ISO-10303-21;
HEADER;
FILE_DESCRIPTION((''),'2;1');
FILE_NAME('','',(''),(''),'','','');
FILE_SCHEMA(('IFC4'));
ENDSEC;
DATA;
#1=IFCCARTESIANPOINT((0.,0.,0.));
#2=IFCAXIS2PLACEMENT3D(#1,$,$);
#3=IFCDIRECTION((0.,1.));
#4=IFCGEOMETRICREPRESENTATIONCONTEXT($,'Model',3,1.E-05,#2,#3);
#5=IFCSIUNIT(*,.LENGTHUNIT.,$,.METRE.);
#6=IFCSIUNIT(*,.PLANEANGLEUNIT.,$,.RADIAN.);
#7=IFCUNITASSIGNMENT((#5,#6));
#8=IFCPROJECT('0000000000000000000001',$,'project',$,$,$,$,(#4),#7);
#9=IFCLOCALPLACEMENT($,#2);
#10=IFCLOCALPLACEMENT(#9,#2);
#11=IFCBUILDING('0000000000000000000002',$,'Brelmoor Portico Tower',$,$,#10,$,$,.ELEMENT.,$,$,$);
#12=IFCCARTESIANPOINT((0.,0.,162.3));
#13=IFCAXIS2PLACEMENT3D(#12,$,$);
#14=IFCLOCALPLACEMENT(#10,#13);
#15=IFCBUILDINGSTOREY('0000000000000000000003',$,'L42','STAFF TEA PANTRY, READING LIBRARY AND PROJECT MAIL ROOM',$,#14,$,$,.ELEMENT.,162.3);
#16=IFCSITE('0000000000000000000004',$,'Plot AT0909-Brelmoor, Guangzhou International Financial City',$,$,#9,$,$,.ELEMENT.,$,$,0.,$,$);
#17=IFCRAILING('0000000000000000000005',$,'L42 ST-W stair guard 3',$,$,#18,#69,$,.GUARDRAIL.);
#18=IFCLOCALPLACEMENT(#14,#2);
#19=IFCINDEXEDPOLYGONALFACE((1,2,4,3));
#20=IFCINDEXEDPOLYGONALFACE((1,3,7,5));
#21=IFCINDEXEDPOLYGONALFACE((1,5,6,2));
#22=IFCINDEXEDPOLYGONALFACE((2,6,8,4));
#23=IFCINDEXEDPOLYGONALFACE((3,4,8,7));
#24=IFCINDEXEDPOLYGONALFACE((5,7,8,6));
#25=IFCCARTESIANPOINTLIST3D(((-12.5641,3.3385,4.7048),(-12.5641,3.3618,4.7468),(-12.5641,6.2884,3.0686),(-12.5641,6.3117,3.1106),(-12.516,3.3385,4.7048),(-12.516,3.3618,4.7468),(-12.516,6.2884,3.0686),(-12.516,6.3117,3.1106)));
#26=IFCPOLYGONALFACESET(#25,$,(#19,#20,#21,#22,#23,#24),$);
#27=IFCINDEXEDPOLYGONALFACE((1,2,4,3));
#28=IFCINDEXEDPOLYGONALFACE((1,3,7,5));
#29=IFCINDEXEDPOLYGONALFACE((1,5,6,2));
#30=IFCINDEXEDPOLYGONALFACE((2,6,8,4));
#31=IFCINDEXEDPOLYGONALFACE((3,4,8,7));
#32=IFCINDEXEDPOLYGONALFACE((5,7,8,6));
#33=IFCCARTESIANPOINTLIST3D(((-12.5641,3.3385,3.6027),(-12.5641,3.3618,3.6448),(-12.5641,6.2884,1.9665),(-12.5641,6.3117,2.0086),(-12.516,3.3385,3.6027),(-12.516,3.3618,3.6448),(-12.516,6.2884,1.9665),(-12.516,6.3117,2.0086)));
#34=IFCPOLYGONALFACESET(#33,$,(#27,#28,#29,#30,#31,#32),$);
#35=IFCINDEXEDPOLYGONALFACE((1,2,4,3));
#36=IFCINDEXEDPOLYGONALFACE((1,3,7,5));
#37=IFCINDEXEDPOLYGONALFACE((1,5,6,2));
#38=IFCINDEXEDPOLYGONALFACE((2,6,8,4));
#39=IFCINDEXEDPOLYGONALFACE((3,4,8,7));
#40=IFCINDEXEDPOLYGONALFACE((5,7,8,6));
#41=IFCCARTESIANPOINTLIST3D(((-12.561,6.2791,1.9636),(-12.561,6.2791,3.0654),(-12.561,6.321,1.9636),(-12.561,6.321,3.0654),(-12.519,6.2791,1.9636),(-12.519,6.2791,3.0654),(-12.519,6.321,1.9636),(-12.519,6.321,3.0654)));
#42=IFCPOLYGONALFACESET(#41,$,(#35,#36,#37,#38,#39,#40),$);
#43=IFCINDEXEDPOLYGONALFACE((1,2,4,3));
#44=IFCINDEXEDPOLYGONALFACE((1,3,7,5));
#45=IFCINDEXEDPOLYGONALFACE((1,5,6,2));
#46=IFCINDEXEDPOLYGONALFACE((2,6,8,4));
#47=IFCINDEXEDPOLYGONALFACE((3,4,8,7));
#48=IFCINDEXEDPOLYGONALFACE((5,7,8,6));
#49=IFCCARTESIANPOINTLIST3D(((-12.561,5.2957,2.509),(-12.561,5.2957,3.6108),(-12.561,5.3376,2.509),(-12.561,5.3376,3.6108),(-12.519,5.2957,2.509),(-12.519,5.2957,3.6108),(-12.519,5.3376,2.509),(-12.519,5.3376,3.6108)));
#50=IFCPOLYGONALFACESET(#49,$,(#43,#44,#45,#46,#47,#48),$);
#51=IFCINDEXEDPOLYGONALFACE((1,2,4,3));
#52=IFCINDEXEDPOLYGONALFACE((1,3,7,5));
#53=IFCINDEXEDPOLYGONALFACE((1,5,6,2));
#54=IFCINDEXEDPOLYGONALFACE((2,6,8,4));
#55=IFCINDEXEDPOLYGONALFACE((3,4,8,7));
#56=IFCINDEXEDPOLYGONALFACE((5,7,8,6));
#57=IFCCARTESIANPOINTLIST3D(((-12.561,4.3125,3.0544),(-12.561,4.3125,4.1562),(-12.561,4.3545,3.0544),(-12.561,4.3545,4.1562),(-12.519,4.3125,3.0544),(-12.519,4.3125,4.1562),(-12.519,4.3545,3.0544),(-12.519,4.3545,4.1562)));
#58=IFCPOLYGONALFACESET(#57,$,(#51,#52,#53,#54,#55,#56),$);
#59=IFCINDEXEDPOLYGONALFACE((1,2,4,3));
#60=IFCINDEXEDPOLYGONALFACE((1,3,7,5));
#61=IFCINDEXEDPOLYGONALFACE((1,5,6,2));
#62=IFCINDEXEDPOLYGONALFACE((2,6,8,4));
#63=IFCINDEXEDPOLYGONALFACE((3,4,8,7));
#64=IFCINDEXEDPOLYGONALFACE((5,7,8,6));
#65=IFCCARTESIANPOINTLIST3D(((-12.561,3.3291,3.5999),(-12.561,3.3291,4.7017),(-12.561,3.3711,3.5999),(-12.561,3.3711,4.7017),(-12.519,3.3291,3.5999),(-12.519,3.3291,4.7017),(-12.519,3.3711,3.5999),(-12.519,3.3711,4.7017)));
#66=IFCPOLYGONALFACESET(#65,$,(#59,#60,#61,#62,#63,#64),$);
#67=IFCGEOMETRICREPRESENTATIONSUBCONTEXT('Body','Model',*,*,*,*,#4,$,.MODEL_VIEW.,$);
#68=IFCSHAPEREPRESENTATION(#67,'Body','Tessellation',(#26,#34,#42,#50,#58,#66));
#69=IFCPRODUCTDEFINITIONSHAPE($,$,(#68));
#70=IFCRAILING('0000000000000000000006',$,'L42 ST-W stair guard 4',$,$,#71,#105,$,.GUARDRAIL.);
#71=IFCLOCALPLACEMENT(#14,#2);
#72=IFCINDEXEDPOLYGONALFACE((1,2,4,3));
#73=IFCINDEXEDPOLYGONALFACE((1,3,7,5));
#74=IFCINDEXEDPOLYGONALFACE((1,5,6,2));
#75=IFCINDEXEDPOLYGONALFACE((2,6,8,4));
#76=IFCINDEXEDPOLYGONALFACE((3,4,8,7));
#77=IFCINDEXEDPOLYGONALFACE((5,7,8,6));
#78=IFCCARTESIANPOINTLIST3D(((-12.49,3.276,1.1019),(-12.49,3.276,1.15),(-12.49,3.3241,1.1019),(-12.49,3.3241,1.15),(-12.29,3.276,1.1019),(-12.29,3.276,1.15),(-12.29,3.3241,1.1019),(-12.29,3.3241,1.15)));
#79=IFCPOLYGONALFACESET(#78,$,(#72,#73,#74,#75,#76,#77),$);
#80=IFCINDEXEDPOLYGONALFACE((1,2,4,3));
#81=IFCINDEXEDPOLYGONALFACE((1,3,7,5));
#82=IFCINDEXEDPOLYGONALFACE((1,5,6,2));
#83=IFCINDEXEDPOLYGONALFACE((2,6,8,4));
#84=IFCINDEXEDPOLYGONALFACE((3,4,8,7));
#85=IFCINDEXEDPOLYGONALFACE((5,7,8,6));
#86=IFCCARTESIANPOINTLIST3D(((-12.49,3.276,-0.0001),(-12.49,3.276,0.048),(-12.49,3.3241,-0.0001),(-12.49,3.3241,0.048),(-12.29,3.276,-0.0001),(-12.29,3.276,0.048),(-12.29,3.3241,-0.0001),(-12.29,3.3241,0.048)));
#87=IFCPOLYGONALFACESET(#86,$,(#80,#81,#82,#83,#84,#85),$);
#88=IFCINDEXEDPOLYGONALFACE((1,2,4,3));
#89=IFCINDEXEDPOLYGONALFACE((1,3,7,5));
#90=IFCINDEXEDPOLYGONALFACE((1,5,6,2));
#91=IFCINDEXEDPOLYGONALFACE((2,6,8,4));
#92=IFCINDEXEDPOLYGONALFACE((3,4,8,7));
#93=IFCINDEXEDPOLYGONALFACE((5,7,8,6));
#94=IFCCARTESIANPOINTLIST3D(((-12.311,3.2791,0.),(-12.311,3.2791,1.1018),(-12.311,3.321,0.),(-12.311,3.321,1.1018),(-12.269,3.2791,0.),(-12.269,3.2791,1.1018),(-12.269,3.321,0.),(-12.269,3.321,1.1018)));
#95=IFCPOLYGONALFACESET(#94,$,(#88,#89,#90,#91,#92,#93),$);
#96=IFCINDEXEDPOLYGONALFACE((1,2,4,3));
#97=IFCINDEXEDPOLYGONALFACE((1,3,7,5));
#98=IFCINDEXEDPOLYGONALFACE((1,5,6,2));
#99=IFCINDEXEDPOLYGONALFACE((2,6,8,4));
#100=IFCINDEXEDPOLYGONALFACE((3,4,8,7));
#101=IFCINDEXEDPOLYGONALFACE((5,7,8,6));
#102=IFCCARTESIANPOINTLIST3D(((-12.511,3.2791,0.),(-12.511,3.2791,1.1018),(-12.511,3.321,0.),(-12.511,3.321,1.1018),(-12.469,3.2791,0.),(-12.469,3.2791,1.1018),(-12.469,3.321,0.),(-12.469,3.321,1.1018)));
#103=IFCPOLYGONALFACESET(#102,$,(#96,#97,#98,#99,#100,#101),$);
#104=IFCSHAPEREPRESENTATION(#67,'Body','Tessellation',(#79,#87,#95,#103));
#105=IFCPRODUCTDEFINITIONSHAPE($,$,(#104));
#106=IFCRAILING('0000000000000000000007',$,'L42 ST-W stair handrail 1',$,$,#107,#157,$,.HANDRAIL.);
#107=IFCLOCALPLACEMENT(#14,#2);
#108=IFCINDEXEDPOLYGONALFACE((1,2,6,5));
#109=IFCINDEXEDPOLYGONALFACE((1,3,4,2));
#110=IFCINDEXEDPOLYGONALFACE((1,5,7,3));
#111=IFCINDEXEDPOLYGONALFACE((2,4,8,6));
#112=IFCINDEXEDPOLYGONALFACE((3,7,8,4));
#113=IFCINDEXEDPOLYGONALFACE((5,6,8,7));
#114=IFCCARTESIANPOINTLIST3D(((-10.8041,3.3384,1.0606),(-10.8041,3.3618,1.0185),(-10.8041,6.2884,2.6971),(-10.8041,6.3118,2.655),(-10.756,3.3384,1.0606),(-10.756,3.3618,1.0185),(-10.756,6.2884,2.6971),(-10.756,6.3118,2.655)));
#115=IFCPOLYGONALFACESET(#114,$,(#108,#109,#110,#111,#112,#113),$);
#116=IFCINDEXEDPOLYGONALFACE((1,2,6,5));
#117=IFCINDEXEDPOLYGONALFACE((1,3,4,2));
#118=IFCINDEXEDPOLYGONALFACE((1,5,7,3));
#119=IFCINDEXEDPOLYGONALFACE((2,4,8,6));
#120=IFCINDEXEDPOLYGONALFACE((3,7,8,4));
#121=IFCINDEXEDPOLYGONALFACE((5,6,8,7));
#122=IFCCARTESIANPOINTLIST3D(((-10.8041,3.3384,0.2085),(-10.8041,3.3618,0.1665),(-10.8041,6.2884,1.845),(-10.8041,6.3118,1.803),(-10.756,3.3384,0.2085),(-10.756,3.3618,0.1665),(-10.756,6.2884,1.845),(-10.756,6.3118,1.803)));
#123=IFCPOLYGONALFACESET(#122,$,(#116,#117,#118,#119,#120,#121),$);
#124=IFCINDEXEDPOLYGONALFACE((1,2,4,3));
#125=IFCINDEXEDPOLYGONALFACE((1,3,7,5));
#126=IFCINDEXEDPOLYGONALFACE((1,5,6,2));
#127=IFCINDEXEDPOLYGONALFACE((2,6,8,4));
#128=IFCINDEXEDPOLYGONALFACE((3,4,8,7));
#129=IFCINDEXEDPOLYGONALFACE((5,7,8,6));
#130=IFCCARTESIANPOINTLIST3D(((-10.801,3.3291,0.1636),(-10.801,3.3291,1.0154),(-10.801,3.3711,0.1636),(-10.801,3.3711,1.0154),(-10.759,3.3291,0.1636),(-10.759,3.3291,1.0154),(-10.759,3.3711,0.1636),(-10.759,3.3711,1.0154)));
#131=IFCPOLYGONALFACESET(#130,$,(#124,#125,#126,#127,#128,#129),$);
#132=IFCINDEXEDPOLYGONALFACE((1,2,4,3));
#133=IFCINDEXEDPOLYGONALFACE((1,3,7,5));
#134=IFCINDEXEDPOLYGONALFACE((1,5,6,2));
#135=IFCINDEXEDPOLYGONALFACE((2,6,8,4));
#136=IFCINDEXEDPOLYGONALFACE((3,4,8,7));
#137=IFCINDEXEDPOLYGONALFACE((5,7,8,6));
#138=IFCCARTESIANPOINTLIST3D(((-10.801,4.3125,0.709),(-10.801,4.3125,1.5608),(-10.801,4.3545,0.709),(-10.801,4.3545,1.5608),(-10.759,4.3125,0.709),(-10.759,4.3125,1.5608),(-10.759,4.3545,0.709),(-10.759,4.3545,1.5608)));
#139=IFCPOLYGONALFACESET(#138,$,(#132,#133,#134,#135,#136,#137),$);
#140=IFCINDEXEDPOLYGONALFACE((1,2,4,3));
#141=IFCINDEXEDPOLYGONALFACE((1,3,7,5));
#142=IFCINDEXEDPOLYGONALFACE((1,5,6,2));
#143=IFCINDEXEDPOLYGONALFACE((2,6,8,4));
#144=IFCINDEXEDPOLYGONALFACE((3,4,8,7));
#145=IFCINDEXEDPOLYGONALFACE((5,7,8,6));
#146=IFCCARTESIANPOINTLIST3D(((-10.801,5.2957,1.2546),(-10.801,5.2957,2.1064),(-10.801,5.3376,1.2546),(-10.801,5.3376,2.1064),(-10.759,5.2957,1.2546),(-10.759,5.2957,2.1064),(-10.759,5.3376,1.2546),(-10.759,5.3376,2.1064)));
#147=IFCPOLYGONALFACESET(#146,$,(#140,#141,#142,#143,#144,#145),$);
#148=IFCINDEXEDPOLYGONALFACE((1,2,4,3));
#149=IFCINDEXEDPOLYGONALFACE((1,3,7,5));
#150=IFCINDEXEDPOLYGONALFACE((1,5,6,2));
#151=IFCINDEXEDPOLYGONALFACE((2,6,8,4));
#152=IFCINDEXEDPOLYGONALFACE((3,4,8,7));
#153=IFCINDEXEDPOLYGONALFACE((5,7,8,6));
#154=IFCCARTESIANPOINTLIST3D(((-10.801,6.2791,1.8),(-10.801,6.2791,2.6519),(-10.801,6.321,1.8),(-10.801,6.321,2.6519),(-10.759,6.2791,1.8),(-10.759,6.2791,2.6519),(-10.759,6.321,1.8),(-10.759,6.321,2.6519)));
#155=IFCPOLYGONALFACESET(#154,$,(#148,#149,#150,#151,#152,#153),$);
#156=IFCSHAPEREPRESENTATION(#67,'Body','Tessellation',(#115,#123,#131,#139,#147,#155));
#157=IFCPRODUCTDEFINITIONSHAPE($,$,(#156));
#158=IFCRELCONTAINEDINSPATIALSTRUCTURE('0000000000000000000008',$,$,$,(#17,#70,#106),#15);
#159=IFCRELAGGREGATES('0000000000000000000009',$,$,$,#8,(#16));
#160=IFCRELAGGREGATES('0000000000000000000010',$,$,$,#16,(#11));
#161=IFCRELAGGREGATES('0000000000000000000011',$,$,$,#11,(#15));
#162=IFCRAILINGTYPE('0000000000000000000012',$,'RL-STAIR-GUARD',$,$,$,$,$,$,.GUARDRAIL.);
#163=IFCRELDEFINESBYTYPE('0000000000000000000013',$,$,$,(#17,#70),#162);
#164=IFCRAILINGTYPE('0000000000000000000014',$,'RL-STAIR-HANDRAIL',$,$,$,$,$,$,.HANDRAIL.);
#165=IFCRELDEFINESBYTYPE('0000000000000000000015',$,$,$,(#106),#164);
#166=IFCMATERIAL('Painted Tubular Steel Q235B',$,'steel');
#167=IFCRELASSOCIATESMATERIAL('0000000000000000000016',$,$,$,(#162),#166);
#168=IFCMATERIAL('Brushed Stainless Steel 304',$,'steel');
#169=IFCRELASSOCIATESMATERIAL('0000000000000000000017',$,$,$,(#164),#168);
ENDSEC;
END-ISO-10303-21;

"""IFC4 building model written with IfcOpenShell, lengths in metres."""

from ifc_helpers import new_model, si_unit, direction, frame, origin, origin_2d, place, context, subcontext, project, spatial, rectangle, extrude, material, type_object, element, save


model = new_model("IFC4")

# Units and contexts
model_context = context("Model", 3, precision=1e-05, world=origin(), true_north=direction((0.0, 1.0)))
body_context = subcontext(model_context, "Body", "Model", "MODEL_VIEW")
ifc_project = project(units=[si_unit("LENGTHUNIT", "METRE"), si_unit("PLANEANGLEUNIT", "RADIAN")], contexts=[model_context])

# Site, building, storey
site_placement = place(None, origin())
site = spatial("IfcSite", under=ifc_project, at=site_placement, Name="Plot AT0909-Brelmoor, Guangzhou International Financial City", CompositionType="ELEMENT", RefElevation=0.0)
building_placement = place(site_placement, origin())
building = spatial("IfcBuilding", under=site, at=building_placement, Name="Brelmoor Portico Tower", CompositionType="ELEMENT")
storey_placement = place(building_placement, frame((0.0, 0.0, 162.3)))
storey = spatial("IfcBuildingStorey", under=building, at=storey_placement, Name="L42", Description="STAFF TEA PANTRY, READING LIBRARY AND PROJECT MAIL ROOM", CompositionType="ELEMENT", Elevation=162.3)

# Railings
ifc_material_1 = material(Name="Painted Tubular Steel Q235B", Category="steel")
railing_type_1 = type_object("IfcRailingType", Name="RL-STAIR-GUARD", PredefinedType="GUARDRAIL", material=ifc_material_1)
railing_1_placement = place(storey_placement, frame((-12.54, 6.3, 1.9636)))
element("IfcRailing", 1, at=railing_1_placement, inside=storey, type_object=railing_type_1, Name="L42 ST-W stair guard 3", PredefinedType="GUARDRAIL", context=body_context, shape_type="SweptSolid", body=[
    extrude(rectangle(XDim=0.0481, YDim=0.0481, at=origin_2d()), frame((0.0, 0.0, 1.126), z_axis=(0.0, -0.874488, 0.485047), x_axis=(1.0, 0.0, 0.0)), (0.0, 0.0, 1.0), 3.3733),
    extrude(rectangle(XDim=0.0481, YDim=0.0481, at=origin_2d()), frame((0.0, 0.0, 0.0239), z_axis=(0.0, -0.874488, 0.485047), x_axis=(1.0, 0.0, 0.0)), (0.0, 0.0, 1.0), 3.3733),
    extrude(rectangle(XDim=0.042, YDim=0.042, at=origin_2d()), origin(), (0.0, 0.0, 1.0), 1.1018),
    extrude(rectangle(XDim=0.042, YDim=0.042, at=origin_2d()), frame((0.0, -0.9834, 0.5454)), (0.0, 0.0, 1.0), 1.1018),
    extrude(rectangle(XDim=0.042, YDim=0.042, at=origin_2d()), frame((0.0, -1.9666, 1.0908)), (0.0, 0.0, 1.0), 1.1018),
    extrude(rectangle(XDim=0.042, YDim=0.042, at=origin_2d()), frame((0.0, -2.95, 1.6362)), (0.0, 0.0, 1.0), 1.1018),
])
railing_2_placement = place(storey_placement, frame((-12.29, 3.3, 0.0)))
element("IfcRailing", 2, at=railing_2_placement, inside=storey, type_object=railing_type_1, Name="L42 ST-W stair guard 4", PredefinedType="GUARDRAIL", context=body_context, shape_type="SweptSolid", body=[
    extrude(rectangle(XDim=0.0481, YDim=0.0481, at=origin_2d()), frame((0.0, 0.0, 1.126), z_axis=(-1.0, 0.0, 0.0), x_axis=(0.0, -1.0, 0.0)), (0.0, 0.0, 1.0), 0.2),
    extrude(rectangle(XDim=0.0481, YDim=0.0481, at=origin_2d()), frame((0.0, 0.0, 0.0239), z_axis=(-1.0, 0.0, 0.0), x_axis=(0.0, -1.0, 0.0)), (0.0, 0.0, 1.0), 0.2),
    extrude(rectangle(XDim=0.042, YDim=0.042, at=origin_2d()), origin(), (0.0, 0.0, 1.0), 1.1018),
    extrude(rectangle(XDim=0.042, YDim=0.042, at=origin_2d()), frame((-0.2, 0.0, 0.0)), (0.0, 0.0, 1.0), 1.1018),
])
ifc_material_2 = material(Name="Brushed Stainless Steel 304", Category="steel")
railing_type_2 = type_object("IfcRailingType", Name="RL-STAIR-HANDRAIL", PredefinedType="HANDRAIL", material=ifc_material_2)
railing_3_placement = place(storey_placement, frame((-10.78, 3.3501, 0.1636)))
element("IfcRailing", 3, at=railing_3_placement, inside=storey, type_object=railing_type_2, Name="L42 ST-W stair handrail 1", PredefinedType="HANDRAIL", context=body_context, shape_type="SweptSolid", body=[
    extrude(rectangle(XDim=0.0481, YDim=0.0481, at=origin_2d()), frame((0.0, 0.0, 0.876), z_axis=(0.0, 0.874458, 0.485102), x_axis=(-1.0, 0.0, 0.0)), (0.0, 0.0, 1.0), 3.3735),
    extrude(rectangle(XDim=0.0481, YDim=0.0481, at=origin_2d()), frame((0.0, 0.0, 0.0239), z_axis=(0.0, 0.874458, 0.485102), x_axis=(-1.0, 0.0, 0.0)), (0.0, 0.0, 1.0), 3.3735),
    extrude(rectangle(XDim=0.042, YDim=0.042, at=origin_2d()), origin(), (0.0, 0.0, 1.0), 0.8518),
    extrude(rectangle(XDim=0.042, YDim=0.042, at=origin_2d()), frame((0.0, 0.9834, 0.5454)), (0.0, 0.0, 1.0), 0.8518),
    extrude(rectangle(XDim=0.042, YDim=0.042, at=origin_2d()), frame((0.0, 1.9666, 1.0911)), (0.0, 0.0, 1.0), 0.8518),
    extrude(rectangle(XDim=0.042, YDim=0.042, at=origin_2d()), frame((0.0, 2.95, 1.6365)), (0.0, 0.0, 1.0), 0.8518),
])

save(model, "model.ifc")
